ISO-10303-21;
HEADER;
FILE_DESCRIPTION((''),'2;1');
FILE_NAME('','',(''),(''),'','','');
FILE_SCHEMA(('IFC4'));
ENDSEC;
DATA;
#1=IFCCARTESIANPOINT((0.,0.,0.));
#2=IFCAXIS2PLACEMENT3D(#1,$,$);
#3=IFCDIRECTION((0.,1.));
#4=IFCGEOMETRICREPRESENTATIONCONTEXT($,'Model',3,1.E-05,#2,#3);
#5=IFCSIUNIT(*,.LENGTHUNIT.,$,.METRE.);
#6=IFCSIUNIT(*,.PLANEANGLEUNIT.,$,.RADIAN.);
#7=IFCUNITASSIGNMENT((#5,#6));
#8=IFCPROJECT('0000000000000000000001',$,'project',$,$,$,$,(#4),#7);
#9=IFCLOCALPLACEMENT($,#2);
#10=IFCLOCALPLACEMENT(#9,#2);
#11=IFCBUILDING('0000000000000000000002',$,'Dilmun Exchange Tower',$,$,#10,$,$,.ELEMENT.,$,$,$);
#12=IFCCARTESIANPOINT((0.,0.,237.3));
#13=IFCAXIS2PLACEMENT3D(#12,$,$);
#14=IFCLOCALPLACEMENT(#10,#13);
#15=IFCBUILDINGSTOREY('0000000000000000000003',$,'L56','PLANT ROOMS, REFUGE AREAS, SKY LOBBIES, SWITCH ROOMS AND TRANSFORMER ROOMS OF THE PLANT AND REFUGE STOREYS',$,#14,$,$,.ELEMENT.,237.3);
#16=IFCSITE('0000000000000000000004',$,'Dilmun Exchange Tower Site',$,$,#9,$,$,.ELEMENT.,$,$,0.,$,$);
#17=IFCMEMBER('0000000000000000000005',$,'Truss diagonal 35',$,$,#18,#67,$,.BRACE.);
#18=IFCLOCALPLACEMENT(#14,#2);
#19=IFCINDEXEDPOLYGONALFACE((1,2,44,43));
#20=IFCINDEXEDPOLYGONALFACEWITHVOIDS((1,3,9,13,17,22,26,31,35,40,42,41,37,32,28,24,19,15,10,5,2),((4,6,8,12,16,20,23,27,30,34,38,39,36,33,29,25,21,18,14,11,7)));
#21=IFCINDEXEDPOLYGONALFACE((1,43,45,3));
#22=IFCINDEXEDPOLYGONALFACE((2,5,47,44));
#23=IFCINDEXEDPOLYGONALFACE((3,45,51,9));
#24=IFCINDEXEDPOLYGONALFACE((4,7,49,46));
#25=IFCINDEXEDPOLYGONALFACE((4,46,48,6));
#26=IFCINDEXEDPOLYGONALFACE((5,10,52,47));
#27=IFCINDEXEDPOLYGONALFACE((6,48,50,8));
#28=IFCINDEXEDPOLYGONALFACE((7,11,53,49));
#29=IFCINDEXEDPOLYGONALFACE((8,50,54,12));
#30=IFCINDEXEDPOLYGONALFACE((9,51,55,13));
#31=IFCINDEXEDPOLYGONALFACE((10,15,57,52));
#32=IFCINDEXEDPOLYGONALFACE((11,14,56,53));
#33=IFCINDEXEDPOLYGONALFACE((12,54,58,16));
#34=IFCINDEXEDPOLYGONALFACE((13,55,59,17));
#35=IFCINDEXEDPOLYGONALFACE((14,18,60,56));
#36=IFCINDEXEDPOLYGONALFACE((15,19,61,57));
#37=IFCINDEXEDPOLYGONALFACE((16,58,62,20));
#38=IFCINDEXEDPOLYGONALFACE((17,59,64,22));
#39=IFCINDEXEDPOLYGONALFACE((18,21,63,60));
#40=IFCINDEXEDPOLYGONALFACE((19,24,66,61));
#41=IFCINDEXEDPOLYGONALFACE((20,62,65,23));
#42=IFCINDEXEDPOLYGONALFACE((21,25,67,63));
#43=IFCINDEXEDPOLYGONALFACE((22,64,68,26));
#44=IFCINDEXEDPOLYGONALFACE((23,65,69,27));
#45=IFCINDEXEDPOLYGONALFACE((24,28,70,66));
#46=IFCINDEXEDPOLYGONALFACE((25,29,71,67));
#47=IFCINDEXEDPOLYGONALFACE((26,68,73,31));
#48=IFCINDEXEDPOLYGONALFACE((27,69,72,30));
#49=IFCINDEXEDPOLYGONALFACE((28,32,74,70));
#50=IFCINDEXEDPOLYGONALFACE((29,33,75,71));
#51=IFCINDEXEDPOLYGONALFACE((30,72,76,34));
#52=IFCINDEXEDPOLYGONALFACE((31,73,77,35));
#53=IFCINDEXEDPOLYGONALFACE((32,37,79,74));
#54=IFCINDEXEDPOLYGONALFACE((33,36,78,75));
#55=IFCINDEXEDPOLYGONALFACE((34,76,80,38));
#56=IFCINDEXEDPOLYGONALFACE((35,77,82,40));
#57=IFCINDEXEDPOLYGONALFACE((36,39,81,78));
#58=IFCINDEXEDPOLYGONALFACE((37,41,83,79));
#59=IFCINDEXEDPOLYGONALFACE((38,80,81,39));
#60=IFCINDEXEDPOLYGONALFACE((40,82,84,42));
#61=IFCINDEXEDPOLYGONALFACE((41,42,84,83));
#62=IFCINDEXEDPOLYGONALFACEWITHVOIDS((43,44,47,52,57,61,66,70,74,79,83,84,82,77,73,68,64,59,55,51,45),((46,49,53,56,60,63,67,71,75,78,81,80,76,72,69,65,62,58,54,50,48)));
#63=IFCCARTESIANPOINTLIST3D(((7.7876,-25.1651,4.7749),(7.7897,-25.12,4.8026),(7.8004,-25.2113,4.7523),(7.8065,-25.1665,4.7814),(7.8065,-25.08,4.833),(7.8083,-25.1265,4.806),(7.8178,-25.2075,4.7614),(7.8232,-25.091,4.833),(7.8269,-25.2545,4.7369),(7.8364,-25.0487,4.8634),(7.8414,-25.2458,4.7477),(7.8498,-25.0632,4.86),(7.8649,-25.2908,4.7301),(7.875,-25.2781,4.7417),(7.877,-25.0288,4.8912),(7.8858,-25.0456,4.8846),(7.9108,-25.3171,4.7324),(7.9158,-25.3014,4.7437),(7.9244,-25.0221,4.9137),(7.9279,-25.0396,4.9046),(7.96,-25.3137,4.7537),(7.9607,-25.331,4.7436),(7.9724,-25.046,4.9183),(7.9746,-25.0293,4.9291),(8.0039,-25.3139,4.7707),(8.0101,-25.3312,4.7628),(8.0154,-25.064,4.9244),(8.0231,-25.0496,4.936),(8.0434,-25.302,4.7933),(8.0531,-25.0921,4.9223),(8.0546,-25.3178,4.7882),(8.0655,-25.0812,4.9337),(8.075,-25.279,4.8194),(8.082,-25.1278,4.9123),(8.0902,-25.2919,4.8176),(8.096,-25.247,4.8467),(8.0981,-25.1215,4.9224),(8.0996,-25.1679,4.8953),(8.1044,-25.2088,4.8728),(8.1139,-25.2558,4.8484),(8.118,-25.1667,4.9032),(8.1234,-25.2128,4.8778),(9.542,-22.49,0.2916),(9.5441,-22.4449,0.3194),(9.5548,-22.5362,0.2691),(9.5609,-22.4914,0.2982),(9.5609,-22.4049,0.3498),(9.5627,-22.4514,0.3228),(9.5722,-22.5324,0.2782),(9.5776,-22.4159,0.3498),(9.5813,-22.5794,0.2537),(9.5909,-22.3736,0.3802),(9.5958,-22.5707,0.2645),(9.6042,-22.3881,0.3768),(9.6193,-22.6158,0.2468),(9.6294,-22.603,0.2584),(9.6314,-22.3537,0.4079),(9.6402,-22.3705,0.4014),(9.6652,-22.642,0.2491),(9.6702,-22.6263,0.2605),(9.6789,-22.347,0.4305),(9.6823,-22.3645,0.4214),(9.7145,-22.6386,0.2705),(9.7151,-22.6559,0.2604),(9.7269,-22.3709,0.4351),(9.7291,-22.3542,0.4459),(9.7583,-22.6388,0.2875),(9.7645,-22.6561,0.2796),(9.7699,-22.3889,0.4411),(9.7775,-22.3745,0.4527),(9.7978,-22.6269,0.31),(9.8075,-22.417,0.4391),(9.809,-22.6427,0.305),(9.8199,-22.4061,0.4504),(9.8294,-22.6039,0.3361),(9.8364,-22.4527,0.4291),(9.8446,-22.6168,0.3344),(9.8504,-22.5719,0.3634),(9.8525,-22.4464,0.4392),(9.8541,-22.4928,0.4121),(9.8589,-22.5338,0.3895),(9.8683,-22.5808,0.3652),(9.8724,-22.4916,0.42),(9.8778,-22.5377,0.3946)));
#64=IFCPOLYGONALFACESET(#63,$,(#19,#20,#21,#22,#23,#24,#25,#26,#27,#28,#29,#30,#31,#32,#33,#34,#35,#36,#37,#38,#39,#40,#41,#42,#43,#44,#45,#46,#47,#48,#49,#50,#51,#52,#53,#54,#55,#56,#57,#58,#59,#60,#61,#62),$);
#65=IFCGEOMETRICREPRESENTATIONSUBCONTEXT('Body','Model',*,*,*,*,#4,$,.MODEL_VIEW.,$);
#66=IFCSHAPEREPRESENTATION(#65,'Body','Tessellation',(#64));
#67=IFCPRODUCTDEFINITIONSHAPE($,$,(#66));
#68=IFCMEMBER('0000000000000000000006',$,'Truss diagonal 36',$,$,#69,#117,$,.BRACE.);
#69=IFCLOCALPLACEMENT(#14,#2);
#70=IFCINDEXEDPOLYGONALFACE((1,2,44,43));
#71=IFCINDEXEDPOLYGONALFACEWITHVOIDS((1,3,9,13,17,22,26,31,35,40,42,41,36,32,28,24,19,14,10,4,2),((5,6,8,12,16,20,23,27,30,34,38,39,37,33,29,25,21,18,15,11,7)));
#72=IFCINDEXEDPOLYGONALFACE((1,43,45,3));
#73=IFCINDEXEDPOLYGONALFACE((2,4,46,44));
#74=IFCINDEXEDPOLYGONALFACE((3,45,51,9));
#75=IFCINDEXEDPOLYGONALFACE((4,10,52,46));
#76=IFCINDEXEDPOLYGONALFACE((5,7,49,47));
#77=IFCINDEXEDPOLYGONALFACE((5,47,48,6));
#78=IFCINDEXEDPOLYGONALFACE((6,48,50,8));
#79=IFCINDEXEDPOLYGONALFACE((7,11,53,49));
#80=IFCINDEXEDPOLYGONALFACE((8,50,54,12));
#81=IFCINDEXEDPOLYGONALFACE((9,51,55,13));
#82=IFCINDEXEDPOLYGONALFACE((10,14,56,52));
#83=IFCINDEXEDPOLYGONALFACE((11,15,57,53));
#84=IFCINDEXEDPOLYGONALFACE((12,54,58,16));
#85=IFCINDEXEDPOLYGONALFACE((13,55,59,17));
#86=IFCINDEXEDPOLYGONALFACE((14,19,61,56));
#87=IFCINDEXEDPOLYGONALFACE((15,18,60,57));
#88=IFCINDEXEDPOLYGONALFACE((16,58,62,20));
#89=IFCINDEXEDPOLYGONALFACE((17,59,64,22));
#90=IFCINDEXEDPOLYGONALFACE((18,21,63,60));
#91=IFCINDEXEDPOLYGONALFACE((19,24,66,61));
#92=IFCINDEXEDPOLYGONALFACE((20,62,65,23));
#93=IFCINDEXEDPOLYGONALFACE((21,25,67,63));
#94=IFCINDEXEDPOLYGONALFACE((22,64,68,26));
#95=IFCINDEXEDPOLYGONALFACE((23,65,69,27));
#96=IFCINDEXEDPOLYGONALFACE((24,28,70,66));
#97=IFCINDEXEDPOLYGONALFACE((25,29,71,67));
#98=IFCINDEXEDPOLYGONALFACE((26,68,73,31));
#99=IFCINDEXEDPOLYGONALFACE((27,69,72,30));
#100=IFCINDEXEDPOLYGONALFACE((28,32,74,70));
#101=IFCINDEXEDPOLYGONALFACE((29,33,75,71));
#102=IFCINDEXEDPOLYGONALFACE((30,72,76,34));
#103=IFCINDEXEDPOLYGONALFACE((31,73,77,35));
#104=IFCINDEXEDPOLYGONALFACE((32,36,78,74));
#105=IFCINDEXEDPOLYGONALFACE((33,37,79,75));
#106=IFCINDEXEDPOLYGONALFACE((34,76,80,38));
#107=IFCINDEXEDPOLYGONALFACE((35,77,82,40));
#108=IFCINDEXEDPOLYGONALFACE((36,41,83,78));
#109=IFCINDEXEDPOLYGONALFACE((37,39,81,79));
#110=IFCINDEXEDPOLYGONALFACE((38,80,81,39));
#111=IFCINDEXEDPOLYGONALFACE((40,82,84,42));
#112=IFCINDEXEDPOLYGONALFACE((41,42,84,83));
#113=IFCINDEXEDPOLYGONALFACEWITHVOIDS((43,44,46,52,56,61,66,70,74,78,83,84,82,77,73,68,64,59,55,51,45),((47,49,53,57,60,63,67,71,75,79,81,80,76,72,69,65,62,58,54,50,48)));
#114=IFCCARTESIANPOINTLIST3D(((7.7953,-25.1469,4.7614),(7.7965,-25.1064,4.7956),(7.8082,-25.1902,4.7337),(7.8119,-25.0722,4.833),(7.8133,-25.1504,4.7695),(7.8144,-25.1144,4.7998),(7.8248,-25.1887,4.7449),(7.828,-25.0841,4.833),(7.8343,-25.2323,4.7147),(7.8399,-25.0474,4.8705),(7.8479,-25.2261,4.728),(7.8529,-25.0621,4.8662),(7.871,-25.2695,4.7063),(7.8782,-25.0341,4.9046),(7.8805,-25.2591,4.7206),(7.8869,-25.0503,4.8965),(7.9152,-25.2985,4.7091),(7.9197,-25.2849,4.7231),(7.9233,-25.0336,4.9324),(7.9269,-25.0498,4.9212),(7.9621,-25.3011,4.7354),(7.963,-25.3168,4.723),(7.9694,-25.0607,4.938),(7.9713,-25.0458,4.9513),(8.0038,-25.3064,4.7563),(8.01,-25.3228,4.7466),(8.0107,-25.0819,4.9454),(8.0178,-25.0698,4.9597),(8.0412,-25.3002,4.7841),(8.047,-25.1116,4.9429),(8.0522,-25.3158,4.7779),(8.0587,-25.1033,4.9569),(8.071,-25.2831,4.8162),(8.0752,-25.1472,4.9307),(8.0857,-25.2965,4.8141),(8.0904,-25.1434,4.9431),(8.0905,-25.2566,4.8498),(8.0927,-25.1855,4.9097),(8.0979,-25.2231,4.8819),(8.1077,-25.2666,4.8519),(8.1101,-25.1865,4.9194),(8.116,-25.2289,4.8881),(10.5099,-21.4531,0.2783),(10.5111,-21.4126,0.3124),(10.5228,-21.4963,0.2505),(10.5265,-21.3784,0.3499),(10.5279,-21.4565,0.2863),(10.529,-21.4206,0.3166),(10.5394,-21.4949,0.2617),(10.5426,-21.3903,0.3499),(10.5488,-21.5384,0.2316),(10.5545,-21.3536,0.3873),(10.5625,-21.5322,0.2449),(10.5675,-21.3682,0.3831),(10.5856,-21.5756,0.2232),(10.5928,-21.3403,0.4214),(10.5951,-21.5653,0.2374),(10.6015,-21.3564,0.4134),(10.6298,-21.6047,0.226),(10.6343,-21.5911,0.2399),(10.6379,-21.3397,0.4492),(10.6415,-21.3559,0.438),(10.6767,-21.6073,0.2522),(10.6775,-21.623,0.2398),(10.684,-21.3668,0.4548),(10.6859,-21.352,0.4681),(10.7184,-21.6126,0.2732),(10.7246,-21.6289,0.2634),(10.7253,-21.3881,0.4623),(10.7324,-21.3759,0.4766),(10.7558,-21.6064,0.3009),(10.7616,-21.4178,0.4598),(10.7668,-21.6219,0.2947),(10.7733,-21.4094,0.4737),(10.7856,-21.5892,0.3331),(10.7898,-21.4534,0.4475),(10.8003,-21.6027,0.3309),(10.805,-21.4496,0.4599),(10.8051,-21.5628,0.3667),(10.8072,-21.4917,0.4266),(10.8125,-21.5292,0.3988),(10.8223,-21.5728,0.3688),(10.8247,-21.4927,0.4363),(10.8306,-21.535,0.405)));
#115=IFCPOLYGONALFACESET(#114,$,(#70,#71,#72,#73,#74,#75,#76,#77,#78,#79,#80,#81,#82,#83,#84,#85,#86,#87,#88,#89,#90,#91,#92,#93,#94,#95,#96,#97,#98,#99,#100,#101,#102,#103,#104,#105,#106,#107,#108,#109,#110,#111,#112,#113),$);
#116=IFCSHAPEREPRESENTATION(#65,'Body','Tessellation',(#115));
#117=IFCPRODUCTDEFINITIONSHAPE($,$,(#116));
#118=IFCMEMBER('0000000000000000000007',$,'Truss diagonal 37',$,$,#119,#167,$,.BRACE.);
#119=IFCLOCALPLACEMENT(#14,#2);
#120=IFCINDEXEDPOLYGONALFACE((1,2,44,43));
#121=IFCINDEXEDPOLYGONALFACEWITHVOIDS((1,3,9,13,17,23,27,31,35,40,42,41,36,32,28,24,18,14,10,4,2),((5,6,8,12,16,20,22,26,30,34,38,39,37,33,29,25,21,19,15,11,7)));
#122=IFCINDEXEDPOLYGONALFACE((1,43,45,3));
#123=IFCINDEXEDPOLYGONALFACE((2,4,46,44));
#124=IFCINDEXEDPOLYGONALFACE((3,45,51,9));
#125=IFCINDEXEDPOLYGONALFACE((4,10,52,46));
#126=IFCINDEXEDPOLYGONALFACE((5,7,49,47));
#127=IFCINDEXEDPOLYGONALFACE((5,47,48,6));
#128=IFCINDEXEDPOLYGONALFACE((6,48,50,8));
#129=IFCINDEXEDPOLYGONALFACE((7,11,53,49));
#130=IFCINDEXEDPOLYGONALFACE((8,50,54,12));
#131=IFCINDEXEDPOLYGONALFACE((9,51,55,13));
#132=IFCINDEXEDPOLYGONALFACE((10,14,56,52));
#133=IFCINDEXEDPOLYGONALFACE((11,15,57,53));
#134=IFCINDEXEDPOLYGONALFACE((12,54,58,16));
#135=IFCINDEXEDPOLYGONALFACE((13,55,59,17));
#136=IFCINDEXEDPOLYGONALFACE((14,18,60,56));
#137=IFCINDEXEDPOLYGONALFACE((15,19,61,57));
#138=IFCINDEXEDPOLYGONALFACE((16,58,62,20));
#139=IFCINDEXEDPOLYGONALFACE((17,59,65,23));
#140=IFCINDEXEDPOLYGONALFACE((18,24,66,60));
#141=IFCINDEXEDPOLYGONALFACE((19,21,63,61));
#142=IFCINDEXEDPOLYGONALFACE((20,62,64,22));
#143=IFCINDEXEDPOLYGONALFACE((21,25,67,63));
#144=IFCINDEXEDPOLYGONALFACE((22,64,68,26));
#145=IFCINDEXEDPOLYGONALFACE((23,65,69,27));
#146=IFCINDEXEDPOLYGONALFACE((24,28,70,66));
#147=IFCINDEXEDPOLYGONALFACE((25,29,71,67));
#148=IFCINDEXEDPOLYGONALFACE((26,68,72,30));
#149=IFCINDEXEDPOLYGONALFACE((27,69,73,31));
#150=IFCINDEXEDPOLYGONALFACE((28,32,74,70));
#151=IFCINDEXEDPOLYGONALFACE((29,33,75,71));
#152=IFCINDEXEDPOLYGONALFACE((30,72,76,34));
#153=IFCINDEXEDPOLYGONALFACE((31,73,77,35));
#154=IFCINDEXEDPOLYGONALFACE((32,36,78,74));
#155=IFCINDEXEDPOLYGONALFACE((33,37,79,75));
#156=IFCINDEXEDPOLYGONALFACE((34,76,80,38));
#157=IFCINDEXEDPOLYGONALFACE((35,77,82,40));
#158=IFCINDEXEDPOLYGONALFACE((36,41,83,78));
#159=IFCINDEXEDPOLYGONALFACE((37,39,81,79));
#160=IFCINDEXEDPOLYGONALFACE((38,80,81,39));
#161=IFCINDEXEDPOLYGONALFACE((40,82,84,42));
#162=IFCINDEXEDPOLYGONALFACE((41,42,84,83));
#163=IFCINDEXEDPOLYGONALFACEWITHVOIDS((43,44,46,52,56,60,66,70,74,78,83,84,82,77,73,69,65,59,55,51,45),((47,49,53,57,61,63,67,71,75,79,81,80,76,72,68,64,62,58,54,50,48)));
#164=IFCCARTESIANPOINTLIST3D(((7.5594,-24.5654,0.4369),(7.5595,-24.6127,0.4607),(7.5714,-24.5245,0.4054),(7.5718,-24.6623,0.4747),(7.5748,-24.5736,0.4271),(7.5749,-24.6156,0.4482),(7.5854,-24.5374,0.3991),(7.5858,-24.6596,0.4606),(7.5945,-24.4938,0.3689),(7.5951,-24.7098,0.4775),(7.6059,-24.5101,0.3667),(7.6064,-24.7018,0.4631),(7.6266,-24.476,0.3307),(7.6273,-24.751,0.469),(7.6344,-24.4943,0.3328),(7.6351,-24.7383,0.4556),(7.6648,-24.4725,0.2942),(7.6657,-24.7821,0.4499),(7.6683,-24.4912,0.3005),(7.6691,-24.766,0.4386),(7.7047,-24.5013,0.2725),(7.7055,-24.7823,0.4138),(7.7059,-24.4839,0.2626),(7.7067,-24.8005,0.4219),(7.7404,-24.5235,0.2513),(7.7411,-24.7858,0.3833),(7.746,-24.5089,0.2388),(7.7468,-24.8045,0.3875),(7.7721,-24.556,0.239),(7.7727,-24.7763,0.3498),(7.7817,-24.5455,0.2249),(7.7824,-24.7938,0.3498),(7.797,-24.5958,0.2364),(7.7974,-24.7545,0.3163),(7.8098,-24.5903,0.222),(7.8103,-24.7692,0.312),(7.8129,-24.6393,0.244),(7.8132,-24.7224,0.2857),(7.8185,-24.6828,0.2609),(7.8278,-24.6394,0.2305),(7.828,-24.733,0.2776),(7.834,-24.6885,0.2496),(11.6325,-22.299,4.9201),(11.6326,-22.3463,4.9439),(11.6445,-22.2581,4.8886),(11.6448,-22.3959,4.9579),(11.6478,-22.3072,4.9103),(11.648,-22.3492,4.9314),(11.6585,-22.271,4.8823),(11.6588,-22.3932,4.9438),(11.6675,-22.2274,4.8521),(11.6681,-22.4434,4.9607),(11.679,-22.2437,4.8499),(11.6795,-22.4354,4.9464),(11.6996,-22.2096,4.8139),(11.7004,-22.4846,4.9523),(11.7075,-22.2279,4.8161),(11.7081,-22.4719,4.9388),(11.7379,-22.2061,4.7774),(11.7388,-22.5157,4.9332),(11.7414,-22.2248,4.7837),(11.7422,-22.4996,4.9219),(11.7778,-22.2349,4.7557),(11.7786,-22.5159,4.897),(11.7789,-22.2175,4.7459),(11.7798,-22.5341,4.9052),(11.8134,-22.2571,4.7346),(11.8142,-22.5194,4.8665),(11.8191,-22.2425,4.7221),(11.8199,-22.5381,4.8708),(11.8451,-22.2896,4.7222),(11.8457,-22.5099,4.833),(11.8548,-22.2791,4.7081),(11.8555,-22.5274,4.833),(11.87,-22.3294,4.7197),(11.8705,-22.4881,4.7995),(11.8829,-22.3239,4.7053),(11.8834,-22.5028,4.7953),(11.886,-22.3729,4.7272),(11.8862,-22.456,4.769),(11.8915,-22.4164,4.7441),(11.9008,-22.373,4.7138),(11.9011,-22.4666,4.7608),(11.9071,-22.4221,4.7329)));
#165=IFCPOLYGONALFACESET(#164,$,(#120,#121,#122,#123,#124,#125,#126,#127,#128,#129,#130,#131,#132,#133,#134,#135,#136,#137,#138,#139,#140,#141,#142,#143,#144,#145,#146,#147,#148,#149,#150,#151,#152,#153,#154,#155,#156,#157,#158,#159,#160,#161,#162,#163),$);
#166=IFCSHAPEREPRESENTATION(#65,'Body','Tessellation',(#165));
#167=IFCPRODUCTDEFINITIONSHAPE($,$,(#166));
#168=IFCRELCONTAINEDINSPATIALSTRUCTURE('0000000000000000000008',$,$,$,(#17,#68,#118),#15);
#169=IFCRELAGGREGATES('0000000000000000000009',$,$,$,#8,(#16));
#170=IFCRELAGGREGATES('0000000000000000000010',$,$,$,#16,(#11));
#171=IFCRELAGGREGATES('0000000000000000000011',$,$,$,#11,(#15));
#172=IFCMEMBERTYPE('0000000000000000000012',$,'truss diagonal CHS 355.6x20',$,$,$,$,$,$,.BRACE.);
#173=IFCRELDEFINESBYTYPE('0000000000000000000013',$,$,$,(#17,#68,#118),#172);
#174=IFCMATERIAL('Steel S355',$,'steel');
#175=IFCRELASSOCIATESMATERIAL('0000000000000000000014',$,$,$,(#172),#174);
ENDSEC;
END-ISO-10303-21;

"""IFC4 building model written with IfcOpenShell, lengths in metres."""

from ifc_helpers import new_model, si_unit, direction, frame, origin, origin_2d, place, context, subcontext, project, spatial, hollow_circle, extrude, material, material_profile, profile_set, type_object, element, save


model = new_model("IFC4")

# Units and contexts
model_context = context("Model", 3, precision=1e-05, world=origin(), true_north=direction((0.0, 1.0)))
body_context = subcontext(model_context, "Body", "Model", "MODEL_VIEW")
ifc_project = project(units=[si_unit("LENGTHUNIT", "METRE"), si_unit("PLANEANGLEUNIT", "RADIAN")], contexts=[model_context])

# Site, building, storey
site_placement = place(None, origin())
site = spatial("IfcSite", under=ifc_project, at=site_placement, Name="Dilmun Exchange Tower Site", CompositionType="ELEMENT", RefElevation=0.0)
building_placement = place(site_placement, origin())
building = spatial("IfcBuilding", under=site, at=building_placement, Name="Dilmun Exchange Tower", CompositionType="ELEMENT")
storey_placement = place(building_placement, frame((0.0, 0.0, 237.3)))
storey = spatial("IfcBuildingStorey", under=building, at=storey_placement, Name="L56", Description="PLANT ROOMS, REFUGE AREAS, SKY LOBBIES, SWITCH ROOMS AND TRANSFORMER ROOMS OF THE PLANT AND REFUGE STOREYS", CompositionType="ELEMENT", Elevation=237.3)

# Shared definitions
ifc_material_1 = material(Name="Steel S355", Category="steel")

# Members
ifc_material_profile_1 = material_profile(ifc_material_1, hollow_circle(Radius=0.1777, WallThickness=0.02, at=origin_2d()), Name="CHS 355.6x20")
ifc_profile_set_1 = profile_set([ifc_material_profile_1], Name="Steel S355")
member_type_1 = type_object("IfcMemberType", Name="truss diagonal CHS 355.6x20", PredefinedType="BRACE", material=ifc_profile_set_1)
member_1_placement = place(storey_placement, frame((7.9551, -25.1775, 4.833), z_axis=(0.318547, 0.485711, -0.81401), x_axis=(-0.836207, 0.548415, 0.0)))
element("IfcMember", 1, at=member_1_placement, inside=storey, type_object=member_type_1, Name="Truss diagonal 35", PredefinedType="BRACE", context=body_context, shape_type="SweptSolid", body=[
    extrude(hollow_circle(Radius=0.1777, WallThickness=0.02, at=origin_2d()), origin(), (0.0, 0.0, 1.0), 5.5076),
])
member_2_placement = place(storey_placement, frame((7.9551, -25.1775, 4.833), z_axis=(0.42337, 0.576094, -0.699195), x_axis=(-0.805803, 0.592183, 0.0)))
element("IfcMember", 2, at=member_2_placement, inside=storey, type_object=member_type_1, Name="Truss diagonal 36", PredefinedType="BRACE", context=body_context, shape_type="SweptSolid", body=[
    extrude(hollow_circle(Radius=0.1777, WallThickness=0.02, at=origin_2d()), origin(), (0.0, 0.0, 1.0), 6.4119),
])
member_3_placement = place(storey_placement, frame((11.769, -22.3721, 4.833), z_axis=(-0.629795, -0.35044, -0.693217), x_axis=(0.48623, -0.873831, 0.0)))
element("IfcMember", 3, at=member_3_placement, inside=storey, type_object=member_type_1, Name="Truss diagonal 37", PredefinedType="BRACE", context=body_context, shape_type="SweptSolid", body=[
    extrude(hollow_circle(Radius=0.1777, WallThickness=0.02, at=origin_2d()), origin(), (0.0, 0.0, 1.0), 6.4673),
])

save(model, "model.ifc")
